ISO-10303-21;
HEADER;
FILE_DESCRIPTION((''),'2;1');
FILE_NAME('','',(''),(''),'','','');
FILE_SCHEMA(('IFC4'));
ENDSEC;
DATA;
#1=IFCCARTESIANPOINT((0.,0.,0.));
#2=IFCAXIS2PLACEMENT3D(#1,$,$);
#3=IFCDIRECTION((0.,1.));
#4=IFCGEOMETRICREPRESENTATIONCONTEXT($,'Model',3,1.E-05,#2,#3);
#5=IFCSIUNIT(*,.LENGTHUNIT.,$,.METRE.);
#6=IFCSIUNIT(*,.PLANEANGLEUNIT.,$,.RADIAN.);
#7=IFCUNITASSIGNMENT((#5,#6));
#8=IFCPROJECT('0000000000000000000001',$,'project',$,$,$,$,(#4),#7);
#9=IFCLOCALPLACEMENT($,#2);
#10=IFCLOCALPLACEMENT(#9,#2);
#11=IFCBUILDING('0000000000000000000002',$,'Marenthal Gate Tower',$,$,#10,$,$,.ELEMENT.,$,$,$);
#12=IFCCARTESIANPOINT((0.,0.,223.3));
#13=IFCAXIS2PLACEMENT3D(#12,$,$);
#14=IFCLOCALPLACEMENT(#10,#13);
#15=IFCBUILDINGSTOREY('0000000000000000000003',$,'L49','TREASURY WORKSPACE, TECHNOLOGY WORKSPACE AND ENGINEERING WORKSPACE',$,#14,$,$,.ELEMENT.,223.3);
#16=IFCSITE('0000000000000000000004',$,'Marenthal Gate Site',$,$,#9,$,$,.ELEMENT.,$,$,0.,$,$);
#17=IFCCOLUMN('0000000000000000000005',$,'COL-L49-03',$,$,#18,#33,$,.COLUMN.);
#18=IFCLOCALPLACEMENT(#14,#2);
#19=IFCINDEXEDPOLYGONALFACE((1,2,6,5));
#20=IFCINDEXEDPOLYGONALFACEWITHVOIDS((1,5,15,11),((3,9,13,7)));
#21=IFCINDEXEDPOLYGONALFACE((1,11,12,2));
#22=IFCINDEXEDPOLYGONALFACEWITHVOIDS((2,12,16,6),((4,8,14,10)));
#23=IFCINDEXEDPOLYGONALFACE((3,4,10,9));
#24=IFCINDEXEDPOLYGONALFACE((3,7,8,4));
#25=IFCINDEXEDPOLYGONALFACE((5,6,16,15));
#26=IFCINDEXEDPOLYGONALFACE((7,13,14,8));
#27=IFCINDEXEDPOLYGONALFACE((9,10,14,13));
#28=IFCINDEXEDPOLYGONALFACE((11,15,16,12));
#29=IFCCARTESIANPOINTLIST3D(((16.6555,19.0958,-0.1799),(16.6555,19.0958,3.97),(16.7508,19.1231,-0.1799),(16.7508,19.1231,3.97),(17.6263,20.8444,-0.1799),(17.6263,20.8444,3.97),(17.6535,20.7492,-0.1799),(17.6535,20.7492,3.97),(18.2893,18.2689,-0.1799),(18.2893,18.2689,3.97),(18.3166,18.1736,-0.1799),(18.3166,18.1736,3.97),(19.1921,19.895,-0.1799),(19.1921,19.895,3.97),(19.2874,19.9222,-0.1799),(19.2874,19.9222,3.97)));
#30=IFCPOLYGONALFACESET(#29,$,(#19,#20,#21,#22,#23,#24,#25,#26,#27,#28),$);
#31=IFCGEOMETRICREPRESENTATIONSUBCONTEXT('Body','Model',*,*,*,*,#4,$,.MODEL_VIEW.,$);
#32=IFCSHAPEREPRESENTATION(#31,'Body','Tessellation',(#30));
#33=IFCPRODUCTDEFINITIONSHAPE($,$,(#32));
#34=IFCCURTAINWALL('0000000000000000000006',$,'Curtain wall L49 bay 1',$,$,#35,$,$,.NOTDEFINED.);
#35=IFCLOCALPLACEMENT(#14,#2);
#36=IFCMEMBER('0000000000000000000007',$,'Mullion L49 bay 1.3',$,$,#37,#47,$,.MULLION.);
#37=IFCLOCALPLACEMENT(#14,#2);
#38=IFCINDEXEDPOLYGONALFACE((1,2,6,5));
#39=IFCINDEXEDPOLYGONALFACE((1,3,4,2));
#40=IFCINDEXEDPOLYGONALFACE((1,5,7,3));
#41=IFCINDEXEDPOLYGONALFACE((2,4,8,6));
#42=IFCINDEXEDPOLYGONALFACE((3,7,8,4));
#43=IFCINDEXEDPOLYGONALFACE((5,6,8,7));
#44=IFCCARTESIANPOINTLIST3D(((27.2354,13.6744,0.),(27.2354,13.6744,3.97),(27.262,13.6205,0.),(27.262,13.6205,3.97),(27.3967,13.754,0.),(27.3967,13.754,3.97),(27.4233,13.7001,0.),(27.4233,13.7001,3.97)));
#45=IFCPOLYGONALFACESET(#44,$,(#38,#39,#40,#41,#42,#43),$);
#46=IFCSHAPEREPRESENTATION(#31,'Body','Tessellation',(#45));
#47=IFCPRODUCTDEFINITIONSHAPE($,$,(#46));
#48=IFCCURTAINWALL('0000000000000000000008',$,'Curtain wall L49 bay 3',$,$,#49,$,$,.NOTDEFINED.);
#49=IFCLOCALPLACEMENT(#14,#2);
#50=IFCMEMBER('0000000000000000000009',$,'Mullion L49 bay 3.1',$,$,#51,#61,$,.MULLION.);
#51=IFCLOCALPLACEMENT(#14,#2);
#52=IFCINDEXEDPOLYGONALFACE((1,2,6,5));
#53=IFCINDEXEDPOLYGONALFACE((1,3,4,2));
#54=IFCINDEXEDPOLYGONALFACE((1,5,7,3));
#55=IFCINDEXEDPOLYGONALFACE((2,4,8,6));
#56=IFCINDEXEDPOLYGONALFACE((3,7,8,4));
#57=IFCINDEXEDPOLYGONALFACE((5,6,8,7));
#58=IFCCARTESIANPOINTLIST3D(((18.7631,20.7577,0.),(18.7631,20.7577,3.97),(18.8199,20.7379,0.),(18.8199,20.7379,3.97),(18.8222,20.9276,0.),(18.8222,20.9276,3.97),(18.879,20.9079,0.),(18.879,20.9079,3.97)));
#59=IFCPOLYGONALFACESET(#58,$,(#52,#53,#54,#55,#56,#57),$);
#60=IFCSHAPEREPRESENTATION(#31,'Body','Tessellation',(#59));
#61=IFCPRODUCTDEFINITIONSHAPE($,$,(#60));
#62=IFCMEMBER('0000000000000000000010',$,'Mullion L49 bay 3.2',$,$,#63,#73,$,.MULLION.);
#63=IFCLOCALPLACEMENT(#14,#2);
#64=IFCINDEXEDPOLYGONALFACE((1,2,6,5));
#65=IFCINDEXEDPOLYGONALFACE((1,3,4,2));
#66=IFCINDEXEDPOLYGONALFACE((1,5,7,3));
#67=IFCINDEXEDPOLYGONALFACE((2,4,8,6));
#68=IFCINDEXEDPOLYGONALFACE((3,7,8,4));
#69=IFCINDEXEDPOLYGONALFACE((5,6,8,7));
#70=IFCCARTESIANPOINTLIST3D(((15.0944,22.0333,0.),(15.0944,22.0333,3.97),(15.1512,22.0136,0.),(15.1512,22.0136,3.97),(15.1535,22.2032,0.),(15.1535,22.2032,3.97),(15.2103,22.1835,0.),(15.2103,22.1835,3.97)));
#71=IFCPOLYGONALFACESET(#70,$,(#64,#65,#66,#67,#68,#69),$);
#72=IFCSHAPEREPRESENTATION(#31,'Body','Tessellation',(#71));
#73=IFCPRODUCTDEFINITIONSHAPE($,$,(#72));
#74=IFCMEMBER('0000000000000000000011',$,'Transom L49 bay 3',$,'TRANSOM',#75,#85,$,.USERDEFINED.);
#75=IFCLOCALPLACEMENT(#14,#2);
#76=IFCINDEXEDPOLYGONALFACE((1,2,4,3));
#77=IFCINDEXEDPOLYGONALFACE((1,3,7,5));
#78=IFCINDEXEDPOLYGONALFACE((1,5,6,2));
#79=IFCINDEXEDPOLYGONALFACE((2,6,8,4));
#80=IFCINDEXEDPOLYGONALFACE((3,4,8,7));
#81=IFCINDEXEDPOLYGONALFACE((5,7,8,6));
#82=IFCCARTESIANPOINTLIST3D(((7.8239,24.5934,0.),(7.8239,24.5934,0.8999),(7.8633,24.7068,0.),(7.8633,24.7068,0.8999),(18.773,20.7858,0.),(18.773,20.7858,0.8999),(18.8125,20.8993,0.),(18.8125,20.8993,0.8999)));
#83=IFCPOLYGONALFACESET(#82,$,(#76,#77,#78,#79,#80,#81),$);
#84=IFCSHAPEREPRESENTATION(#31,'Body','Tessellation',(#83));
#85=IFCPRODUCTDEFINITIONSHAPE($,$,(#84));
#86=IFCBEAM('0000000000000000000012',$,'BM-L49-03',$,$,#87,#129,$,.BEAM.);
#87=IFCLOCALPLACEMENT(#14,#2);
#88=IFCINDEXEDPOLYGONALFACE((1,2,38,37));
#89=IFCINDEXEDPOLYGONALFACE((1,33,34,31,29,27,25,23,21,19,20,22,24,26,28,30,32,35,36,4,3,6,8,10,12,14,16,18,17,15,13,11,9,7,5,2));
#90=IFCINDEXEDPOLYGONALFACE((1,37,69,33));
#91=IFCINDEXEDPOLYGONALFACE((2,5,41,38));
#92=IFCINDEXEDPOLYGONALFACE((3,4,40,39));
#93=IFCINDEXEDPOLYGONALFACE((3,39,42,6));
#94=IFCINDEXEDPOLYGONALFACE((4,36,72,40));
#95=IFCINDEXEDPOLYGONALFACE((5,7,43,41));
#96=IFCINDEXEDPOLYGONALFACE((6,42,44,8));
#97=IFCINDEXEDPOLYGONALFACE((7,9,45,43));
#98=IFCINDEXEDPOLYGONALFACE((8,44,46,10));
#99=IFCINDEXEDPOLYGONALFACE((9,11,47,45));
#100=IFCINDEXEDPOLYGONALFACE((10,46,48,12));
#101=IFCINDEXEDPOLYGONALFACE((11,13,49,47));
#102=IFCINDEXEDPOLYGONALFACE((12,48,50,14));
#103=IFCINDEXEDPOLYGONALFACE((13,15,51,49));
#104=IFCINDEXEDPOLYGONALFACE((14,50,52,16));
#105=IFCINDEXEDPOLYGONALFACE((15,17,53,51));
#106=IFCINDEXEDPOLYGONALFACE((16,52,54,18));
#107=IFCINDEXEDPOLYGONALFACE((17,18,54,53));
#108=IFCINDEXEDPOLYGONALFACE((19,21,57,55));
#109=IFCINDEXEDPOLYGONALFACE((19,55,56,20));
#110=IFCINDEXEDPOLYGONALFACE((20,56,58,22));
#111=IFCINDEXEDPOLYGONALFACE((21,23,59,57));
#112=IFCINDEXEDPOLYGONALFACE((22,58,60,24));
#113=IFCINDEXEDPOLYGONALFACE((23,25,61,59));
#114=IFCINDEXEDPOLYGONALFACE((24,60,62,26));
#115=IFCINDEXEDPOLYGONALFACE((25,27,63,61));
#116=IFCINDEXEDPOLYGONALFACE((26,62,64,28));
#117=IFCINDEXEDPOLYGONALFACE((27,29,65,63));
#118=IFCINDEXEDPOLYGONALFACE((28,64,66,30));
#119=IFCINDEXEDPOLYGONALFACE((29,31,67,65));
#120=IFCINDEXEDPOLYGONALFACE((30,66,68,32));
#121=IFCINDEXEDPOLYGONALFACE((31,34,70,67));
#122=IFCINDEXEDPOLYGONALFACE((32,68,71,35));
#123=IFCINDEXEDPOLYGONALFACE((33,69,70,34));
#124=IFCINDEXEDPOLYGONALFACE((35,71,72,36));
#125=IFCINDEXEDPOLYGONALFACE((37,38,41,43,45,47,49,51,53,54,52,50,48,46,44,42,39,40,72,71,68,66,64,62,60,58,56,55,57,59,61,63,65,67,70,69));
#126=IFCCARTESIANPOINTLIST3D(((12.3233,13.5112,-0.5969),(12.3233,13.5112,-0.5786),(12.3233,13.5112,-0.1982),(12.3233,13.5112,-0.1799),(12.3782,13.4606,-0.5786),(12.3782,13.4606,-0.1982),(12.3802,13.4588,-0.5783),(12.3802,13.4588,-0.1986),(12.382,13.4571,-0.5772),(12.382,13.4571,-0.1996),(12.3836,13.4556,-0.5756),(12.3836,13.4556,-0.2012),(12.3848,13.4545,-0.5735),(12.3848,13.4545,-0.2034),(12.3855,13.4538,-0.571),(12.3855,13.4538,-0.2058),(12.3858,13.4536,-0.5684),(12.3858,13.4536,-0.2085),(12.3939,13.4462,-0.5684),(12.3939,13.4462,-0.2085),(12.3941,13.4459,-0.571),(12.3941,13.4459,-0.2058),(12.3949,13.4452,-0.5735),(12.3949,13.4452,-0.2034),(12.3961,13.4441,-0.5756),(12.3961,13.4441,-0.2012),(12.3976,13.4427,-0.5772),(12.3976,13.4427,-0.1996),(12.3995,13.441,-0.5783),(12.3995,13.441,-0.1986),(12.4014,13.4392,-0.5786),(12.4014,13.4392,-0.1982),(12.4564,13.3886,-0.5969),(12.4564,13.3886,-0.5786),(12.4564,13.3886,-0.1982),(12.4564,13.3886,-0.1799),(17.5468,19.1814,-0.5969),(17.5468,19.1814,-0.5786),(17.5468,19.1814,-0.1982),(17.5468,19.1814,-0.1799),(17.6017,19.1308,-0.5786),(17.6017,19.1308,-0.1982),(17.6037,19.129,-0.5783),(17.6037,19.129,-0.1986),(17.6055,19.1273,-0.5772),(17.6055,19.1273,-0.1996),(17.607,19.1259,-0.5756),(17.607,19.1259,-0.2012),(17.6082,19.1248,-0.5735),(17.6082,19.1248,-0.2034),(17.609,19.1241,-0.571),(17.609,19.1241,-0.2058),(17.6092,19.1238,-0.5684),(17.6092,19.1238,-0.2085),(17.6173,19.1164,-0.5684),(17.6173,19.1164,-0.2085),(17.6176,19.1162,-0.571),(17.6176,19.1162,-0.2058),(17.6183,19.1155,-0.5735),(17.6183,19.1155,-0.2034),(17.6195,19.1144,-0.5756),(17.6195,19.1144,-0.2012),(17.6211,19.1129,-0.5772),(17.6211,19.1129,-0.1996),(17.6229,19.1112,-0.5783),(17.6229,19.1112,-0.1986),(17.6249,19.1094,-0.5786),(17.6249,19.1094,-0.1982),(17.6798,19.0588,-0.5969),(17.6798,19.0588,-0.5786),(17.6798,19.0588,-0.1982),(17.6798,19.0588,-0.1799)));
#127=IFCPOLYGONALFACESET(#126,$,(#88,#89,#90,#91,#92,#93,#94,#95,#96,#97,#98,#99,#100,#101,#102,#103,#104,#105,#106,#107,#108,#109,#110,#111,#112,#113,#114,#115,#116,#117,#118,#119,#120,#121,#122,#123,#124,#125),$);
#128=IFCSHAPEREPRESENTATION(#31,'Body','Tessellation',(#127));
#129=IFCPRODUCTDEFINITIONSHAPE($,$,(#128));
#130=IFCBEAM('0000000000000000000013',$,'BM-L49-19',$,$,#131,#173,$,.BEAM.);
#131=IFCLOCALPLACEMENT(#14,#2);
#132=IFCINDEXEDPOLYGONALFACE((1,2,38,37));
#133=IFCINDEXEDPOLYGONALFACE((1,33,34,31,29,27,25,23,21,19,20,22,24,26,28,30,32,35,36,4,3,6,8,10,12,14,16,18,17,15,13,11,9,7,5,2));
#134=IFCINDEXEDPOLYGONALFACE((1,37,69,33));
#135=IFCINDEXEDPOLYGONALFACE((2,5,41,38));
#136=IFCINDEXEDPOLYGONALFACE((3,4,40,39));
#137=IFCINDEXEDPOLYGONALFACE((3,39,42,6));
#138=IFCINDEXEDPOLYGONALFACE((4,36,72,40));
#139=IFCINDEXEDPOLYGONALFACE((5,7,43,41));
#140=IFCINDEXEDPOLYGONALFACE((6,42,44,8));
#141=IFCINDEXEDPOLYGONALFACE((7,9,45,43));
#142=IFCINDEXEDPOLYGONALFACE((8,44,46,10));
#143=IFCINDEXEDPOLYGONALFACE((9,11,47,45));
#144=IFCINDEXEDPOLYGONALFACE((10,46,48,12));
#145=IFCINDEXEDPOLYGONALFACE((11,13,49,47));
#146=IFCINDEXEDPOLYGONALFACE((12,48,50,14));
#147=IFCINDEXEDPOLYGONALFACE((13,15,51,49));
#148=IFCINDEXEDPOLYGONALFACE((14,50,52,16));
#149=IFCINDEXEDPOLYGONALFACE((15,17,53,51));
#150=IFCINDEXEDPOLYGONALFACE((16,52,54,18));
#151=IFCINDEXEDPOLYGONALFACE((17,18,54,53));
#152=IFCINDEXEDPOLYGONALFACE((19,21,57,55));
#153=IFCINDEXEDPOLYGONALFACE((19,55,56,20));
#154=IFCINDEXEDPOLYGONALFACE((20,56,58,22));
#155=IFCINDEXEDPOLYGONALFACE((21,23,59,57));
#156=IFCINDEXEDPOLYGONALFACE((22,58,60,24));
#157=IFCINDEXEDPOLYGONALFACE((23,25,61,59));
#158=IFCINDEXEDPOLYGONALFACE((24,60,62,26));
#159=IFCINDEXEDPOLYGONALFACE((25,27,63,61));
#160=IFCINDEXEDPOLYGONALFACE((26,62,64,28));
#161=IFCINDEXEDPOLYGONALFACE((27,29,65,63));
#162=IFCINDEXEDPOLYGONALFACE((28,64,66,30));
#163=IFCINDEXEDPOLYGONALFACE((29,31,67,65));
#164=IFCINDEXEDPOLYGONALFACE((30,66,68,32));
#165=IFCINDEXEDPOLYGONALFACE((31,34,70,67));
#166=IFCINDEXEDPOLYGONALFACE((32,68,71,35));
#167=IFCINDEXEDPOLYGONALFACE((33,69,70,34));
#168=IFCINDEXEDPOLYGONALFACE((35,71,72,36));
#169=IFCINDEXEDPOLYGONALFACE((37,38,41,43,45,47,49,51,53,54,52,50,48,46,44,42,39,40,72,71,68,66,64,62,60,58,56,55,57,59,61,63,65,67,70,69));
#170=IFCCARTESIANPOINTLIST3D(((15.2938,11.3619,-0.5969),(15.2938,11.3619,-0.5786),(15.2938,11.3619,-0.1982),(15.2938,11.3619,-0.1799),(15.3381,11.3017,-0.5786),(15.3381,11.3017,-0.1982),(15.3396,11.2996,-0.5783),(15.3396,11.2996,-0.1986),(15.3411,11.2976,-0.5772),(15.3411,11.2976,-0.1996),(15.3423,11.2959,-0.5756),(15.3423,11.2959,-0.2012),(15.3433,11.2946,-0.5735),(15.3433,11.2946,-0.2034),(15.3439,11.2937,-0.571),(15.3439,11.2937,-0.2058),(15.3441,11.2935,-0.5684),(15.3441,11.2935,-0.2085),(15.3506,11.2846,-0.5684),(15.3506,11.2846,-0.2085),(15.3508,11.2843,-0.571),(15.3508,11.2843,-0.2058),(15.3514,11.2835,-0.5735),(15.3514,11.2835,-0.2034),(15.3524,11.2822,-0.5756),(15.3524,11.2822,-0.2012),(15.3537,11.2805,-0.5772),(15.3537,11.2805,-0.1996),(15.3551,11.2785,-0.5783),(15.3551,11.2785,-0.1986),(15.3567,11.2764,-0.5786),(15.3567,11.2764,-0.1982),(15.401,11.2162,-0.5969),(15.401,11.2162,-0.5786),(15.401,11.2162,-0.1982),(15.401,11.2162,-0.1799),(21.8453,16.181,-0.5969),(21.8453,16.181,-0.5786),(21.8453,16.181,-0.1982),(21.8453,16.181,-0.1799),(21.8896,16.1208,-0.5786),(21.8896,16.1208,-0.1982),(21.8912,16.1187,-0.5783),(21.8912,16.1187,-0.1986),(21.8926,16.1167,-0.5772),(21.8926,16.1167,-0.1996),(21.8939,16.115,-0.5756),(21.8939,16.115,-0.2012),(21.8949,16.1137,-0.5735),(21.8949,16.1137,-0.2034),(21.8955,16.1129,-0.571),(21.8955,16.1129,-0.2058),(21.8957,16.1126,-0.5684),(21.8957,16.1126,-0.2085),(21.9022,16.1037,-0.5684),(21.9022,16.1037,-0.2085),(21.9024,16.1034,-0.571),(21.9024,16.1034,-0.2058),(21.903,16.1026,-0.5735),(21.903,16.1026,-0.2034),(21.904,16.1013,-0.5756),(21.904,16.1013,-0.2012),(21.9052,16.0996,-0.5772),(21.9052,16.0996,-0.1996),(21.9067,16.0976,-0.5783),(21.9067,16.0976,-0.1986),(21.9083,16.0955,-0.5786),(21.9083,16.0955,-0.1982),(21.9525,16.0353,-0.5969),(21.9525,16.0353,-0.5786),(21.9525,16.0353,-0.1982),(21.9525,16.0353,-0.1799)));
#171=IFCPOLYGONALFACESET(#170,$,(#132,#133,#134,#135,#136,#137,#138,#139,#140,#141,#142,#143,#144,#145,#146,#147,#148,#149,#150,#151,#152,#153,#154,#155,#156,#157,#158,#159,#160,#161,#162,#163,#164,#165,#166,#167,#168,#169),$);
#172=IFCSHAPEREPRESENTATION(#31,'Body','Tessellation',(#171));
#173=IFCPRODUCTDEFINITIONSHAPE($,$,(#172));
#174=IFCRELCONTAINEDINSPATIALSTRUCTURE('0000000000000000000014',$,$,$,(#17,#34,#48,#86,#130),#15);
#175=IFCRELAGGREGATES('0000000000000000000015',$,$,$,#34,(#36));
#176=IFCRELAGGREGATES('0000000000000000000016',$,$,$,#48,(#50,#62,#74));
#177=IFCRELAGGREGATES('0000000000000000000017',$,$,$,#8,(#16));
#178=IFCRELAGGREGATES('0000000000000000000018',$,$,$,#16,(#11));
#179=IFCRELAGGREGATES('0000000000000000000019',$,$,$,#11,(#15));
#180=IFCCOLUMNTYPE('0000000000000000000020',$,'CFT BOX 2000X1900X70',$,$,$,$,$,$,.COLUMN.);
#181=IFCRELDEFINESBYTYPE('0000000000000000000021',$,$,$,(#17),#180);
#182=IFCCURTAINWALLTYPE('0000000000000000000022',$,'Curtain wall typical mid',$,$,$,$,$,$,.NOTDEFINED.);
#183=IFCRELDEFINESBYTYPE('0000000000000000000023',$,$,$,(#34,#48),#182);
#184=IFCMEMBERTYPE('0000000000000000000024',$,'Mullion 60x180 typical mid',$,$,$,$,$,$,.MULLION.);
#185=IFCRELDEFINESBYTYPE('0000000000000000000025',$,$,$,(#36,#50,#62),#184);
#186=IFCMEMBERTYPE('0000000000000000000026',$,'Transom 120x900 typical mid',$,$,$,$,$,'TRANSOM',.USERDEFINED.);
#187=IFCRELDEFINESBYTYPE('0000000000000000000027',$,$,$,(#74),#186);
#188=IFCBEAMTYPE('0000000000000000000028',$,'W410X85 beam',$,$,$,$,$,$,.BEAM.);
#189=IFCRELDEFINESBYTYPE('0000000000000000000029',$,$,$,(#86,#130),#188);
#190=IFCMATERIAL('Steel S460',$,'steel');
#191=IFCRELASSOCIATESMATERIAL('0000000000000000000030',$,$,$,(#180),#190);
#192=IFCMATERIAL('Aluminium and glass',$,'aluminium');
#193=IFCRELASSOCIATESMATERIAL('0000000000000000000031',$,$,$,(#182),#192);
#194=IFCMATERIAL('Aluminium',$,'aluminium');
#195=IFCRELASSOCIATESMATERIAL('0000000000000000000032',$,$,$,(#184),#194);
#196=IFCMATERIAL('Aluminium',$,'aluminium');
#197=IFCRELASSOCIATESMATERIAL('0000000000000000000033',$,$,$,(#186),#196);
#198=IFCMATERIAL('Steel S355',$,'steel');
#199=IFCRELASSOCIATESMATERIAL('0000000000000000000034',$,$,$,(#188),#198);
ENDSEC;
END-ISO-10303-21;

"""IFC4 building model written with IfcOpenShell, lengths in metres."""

from ifc_helpers import new_model, si_unit, direction, frame, origin, origin_2d, place, context, subcontext, project, spatial, rectangle, hollow_rectangle, i_section, extrude, material, material_profile, profile_set, type_object, element, aggregate, save


model = new_model("IFC4")

# Units and contexts
model_context = context("Model", 3, precision=1e-05, world=origin(), true_north=direction((0.0, 1.0)))
body_context = subcontext(model_context, "Body", "Model", "MODEL_VIEW")
ifc_project = project(units=[si_unit("LENGTHUNIT", "METRE"), si_unit("PLANEANGLEUNIT", "RADIAN")], contexts=[model_context])

# Site, building, storey
site_placement = place(None, origin())
site = spatial("IfcSite", under=ifc_project, at=site_placement, Name="Marenthal Gate Site", CompositionType="ELEMENT", RefElevation=0.0)
building_placement = place(site_placement, origin())
building = spatial("IfcBuilding", under=site, at=building_placement, Name="Marenthal Gate Tower", CompositionType="ELEMENT")
storey_placement = place(building_placement, frame((0.0, 0.0, 223.3)))
storey = spatial("IfcBuildingStorey", under=building, at=storey_placement, Name="L49", Description="TREASURY WORKSPACE, TECHNOLOGY WORKSPACE AND ENGINEERING WORKSPACE", CompositionType="ELEMENT", Elevation=223.3)

# Column
ifc_material_1 = material(Name="Steel S460", Category="steel")
ifc_material_profile_1 = material_profile(ifc_material_1, hollow_rectangle(XDim=1.8999, YDim=2.0, WallThickness=0.0701, at=origin_2d()), Name="CFT BOX 2000X1900X70")
ifc_material_2 = material(Name="Concrete 70 MPa", Category="concrete")
ifc_material_profile_2 = material_profile(ifc_material_2, rectangle(XDim=1.76, YDim=1.8601, at=origin_2d()), Name="CFT BOX 2000X1900X70 INFILL")
ifc_profile_set_1 = profile_set([ifc_material_profile_1, ifc_material_profile_2], Name="Steel S460 shell, Concrete 70 MPa infill")
column_type = type_object("IfcColumnType", Name="CFT BOX 2000X1900X70", PredefinedType="COLUMN", material=ifc_profile_set_1)
column_placement = place(storey_placement, frame((17.9714, 19.509, -0.1799), z_axis=(0.0, 0.0, 1.0), x_axis=(0.874301, -0.485385, 0.0)))
element("IfcColumn", 1, at=column_placement, inside=storey, type_object=column_type, Name="COL-L49-03", PredefinedType="COLUMN", context=body_context, shape_type="SweptSolid", body=[
    extrude(hollow_rectangle(XDim=1.8999, YDim=2.0, WallThickness=0.0701, at=origin_2d()), origin(), (0.0, 0.0, 1.0), 4.1499),
])

# Curtain wall, member
ifc_material_3 = material(Name="Aluminium and glass", Category="aluminium")
curtain_wall_type = type_object("IfcCurtainWallType", Name="Curtain wall typical mid", PredefinedType="NOTDEFINED", material=ifc_material_3)
curtain_wall_1_placement = place(storey_placement, origin())
curtain_wall_1 = element("IfcCurtainWall", 2, at=curtain_wall_1_placement, inside=storey, type_object=curtain_wall_type, Name="Curtain wall L49 bay 1", PredefinedType="NOTDEFINED")
ifc_material_4 = material(Name="Aluminium", Category="aluminium")
ifc_material_profile_3 = material_profile(ifc_material_4, rectangle(XDim=0.1799, YDim=0.0601, at=origin_2d()), Name="60x180 aluminium mullion")
ifc_profile_set_2 = profile_set([ifc_material_profile_3], Name="Aluminium")
member_type_1 = type_object("IfcMemberType", Name="Mullion 60x180 typical mid", PredefinedType="MULLION", material=ifc_profile_set_2)
member_1_placement = place(storey_placement, frame((27.3293, 13.6873, 0.0), z_axis=(0.0, 0.0, 1.0), x_axis=(-0.896798, -0.442441, 0.0)))
member_1 = element("IfcMember", 3, at=member_1_placement, type_object=member_type_1, Name="Mullion L49 bay 1.3", PredefinedType="MULLION", context=body_context, shape_type="SweptSolid", body=[
    extrude(rectangle(XDim=0.1799, YDim=0.0601, at=origin_2d()), origin(), (0.0, 0.0, 1.0), 3.97),
])
aggregate(curtain_wall_1, [member_1])

# Curtain wall, members
curtain_wall_2_placement = place(storey_placement, origin())
curtain_wall_2 = element("IfcCurtainWall", 4, at=curtain_wall_2_placement, inside=storey, type_object=curtain_wall_type, Name="Curtain wall L49 bay 3", PredefinedType="NOTDEFINED")
member_2_placement = place(storey_placement, frame((18.821, 20.8328, 0.0), z_axis=(0.0, 0.0, 1.0), x_axis=(-0.328468, -0.944515, 0.0)))
member_2 = element("IfcMember", 5, at=member_2_placement, type_object=member_type_1, Name="Mullion L49 bay 3.1", PredefinedType="MULLION", context=body_context, shape_type="SweptSolid", body=[
    extrude(rectangle(XDim=0.1799, YDim=0.0601, at=origin_2d()), origin(), (0.0, 0.0, 1.0), 3.97),
])
member_3_placement = place(storey_placement, frame((15.1523, 22.1084, 0.0), z_axis=(0.0, 0.0, 1.0), x_axis=(-0.328468, -0.944515, 0.0)))
member_3 = element("IfcMember", 6, at=member_3_placement, type_object=member_type_1, Name="Mullion L49 bay 3.2", PredefinedType="MULLION", context=body_context, shape_type="SweptSolid", body=[
    extrude(rectangle(XDim=0.1799, YDim=0.0601, at=origin_2d()), origin(), (0.0, 0.0, 1.0), 3.97),
])
ifc_material_5 = material(Name="Aluminium", Category="aluminium")
ifc_material_profile_4 = material_profile(ifc_material_5, rectangle(XDim=0.1201, YDim=0.8999, at=origin_2d()), Name="120x900 aluminium transom")
ifc_profile_set_3 = profile_set([ifc_material_profile_4], Name="Aluminium")
member_type_2 = type_object("IfcMemberType", Name="Transom 120x900 typical mid", ElementType="TRANSOM", PredefinedType="USERDEFINED", material=ifc_profile_set_3)
member_4_placement = place(storey_placement, frame((18.7927, 20.8425, 0.45), z_axis=(-0.944518, 0.328459, 0.0), x_axis=(-0.328459, -0.944518, 0.0)))
member_4 = element("IfcMember", 7, at=member_4_placement, type_object=member_type_2, Name="Transom L49 bay 3", ObjectType="TRANSOM", PredefinedType="USERDEFINED", context=body_context, shape_type="SweptSolid", body=[
    extrude(rectangle(XDim=0.1201, YDim=0.8999, at=origin_2d()), origin(), (0.0, 0.0, 1.0), 11.5923),
])

# Beams
ifc_material_6 = material(Name="Steel S355", Category="steel")
ifc_material_profile_5 = material_profile(ifc_material_6, i_section(OverallWidth=0.1809, OverallDepth=0.417, WebThickness=0.011, FlangeThickness=0.0183, FilletRadius=0.0103, at=origin_2d()), Name="W410X85")
ifc_profile_set_4 = profile_set([ifc_material_profile_5], Name="Steel S355")
beam_type_1 = type_object("IfcBeamType", Name="W410X85 beam", PredefinedType="BEAM", material=ifc_profile_set_4)
beam_1_placement = place(storey_placement, frame((17.6133, 19.1201, -0.3884), z_axis=(-0.677537, -0.735489, 0.0), x_axis=(0.735489, -0.677537, 0.0)))
element("IfcBeam", 8, at=beam_1_placement, inside=storey, type_object=beam_type_1, Name="BM-L49-03", PredefinedType="BEAM", context=body_context, shape_type="SweptSolid", body=[
    extrude(i_section(OverallWidth=0.1809, OverallDepth=0.417, WebThickness=0.011, FlangeThickness=0.0183, FilletRadius=0.0103, at=origin_2d()), origin(), (0.0, 0.0, 1.0), 7.7095),
])
beam_2_placement = place(storey_placement, frame((21.8989, 16.1082, -0.3884), z_axis=(-0.805545, -0.592534, 0.0), x_axis=(0.592534, -0.805545, 0.0)))
element("IfcBeam", 9, at=beam_2_placement, inside=storey, type_object=beam_type_1, Name="BM-L49-19", PredefinedType="BEAM", context=body_context, shape_type="SweptSolid", body=[
    extrude(i_section(OverallWidth=0.1809, OverallDepth=0.417, WebThickness=0.011, FlangeThickness=0.0183, FilletRadius=0.0103, at=origin_2d()), origin(), (0.0, 0.0, 1.0), 8.1331),
])

aggregate(curtain_wall_2, [member_2, member_3, member_4])

save(model, "model.ifc")
